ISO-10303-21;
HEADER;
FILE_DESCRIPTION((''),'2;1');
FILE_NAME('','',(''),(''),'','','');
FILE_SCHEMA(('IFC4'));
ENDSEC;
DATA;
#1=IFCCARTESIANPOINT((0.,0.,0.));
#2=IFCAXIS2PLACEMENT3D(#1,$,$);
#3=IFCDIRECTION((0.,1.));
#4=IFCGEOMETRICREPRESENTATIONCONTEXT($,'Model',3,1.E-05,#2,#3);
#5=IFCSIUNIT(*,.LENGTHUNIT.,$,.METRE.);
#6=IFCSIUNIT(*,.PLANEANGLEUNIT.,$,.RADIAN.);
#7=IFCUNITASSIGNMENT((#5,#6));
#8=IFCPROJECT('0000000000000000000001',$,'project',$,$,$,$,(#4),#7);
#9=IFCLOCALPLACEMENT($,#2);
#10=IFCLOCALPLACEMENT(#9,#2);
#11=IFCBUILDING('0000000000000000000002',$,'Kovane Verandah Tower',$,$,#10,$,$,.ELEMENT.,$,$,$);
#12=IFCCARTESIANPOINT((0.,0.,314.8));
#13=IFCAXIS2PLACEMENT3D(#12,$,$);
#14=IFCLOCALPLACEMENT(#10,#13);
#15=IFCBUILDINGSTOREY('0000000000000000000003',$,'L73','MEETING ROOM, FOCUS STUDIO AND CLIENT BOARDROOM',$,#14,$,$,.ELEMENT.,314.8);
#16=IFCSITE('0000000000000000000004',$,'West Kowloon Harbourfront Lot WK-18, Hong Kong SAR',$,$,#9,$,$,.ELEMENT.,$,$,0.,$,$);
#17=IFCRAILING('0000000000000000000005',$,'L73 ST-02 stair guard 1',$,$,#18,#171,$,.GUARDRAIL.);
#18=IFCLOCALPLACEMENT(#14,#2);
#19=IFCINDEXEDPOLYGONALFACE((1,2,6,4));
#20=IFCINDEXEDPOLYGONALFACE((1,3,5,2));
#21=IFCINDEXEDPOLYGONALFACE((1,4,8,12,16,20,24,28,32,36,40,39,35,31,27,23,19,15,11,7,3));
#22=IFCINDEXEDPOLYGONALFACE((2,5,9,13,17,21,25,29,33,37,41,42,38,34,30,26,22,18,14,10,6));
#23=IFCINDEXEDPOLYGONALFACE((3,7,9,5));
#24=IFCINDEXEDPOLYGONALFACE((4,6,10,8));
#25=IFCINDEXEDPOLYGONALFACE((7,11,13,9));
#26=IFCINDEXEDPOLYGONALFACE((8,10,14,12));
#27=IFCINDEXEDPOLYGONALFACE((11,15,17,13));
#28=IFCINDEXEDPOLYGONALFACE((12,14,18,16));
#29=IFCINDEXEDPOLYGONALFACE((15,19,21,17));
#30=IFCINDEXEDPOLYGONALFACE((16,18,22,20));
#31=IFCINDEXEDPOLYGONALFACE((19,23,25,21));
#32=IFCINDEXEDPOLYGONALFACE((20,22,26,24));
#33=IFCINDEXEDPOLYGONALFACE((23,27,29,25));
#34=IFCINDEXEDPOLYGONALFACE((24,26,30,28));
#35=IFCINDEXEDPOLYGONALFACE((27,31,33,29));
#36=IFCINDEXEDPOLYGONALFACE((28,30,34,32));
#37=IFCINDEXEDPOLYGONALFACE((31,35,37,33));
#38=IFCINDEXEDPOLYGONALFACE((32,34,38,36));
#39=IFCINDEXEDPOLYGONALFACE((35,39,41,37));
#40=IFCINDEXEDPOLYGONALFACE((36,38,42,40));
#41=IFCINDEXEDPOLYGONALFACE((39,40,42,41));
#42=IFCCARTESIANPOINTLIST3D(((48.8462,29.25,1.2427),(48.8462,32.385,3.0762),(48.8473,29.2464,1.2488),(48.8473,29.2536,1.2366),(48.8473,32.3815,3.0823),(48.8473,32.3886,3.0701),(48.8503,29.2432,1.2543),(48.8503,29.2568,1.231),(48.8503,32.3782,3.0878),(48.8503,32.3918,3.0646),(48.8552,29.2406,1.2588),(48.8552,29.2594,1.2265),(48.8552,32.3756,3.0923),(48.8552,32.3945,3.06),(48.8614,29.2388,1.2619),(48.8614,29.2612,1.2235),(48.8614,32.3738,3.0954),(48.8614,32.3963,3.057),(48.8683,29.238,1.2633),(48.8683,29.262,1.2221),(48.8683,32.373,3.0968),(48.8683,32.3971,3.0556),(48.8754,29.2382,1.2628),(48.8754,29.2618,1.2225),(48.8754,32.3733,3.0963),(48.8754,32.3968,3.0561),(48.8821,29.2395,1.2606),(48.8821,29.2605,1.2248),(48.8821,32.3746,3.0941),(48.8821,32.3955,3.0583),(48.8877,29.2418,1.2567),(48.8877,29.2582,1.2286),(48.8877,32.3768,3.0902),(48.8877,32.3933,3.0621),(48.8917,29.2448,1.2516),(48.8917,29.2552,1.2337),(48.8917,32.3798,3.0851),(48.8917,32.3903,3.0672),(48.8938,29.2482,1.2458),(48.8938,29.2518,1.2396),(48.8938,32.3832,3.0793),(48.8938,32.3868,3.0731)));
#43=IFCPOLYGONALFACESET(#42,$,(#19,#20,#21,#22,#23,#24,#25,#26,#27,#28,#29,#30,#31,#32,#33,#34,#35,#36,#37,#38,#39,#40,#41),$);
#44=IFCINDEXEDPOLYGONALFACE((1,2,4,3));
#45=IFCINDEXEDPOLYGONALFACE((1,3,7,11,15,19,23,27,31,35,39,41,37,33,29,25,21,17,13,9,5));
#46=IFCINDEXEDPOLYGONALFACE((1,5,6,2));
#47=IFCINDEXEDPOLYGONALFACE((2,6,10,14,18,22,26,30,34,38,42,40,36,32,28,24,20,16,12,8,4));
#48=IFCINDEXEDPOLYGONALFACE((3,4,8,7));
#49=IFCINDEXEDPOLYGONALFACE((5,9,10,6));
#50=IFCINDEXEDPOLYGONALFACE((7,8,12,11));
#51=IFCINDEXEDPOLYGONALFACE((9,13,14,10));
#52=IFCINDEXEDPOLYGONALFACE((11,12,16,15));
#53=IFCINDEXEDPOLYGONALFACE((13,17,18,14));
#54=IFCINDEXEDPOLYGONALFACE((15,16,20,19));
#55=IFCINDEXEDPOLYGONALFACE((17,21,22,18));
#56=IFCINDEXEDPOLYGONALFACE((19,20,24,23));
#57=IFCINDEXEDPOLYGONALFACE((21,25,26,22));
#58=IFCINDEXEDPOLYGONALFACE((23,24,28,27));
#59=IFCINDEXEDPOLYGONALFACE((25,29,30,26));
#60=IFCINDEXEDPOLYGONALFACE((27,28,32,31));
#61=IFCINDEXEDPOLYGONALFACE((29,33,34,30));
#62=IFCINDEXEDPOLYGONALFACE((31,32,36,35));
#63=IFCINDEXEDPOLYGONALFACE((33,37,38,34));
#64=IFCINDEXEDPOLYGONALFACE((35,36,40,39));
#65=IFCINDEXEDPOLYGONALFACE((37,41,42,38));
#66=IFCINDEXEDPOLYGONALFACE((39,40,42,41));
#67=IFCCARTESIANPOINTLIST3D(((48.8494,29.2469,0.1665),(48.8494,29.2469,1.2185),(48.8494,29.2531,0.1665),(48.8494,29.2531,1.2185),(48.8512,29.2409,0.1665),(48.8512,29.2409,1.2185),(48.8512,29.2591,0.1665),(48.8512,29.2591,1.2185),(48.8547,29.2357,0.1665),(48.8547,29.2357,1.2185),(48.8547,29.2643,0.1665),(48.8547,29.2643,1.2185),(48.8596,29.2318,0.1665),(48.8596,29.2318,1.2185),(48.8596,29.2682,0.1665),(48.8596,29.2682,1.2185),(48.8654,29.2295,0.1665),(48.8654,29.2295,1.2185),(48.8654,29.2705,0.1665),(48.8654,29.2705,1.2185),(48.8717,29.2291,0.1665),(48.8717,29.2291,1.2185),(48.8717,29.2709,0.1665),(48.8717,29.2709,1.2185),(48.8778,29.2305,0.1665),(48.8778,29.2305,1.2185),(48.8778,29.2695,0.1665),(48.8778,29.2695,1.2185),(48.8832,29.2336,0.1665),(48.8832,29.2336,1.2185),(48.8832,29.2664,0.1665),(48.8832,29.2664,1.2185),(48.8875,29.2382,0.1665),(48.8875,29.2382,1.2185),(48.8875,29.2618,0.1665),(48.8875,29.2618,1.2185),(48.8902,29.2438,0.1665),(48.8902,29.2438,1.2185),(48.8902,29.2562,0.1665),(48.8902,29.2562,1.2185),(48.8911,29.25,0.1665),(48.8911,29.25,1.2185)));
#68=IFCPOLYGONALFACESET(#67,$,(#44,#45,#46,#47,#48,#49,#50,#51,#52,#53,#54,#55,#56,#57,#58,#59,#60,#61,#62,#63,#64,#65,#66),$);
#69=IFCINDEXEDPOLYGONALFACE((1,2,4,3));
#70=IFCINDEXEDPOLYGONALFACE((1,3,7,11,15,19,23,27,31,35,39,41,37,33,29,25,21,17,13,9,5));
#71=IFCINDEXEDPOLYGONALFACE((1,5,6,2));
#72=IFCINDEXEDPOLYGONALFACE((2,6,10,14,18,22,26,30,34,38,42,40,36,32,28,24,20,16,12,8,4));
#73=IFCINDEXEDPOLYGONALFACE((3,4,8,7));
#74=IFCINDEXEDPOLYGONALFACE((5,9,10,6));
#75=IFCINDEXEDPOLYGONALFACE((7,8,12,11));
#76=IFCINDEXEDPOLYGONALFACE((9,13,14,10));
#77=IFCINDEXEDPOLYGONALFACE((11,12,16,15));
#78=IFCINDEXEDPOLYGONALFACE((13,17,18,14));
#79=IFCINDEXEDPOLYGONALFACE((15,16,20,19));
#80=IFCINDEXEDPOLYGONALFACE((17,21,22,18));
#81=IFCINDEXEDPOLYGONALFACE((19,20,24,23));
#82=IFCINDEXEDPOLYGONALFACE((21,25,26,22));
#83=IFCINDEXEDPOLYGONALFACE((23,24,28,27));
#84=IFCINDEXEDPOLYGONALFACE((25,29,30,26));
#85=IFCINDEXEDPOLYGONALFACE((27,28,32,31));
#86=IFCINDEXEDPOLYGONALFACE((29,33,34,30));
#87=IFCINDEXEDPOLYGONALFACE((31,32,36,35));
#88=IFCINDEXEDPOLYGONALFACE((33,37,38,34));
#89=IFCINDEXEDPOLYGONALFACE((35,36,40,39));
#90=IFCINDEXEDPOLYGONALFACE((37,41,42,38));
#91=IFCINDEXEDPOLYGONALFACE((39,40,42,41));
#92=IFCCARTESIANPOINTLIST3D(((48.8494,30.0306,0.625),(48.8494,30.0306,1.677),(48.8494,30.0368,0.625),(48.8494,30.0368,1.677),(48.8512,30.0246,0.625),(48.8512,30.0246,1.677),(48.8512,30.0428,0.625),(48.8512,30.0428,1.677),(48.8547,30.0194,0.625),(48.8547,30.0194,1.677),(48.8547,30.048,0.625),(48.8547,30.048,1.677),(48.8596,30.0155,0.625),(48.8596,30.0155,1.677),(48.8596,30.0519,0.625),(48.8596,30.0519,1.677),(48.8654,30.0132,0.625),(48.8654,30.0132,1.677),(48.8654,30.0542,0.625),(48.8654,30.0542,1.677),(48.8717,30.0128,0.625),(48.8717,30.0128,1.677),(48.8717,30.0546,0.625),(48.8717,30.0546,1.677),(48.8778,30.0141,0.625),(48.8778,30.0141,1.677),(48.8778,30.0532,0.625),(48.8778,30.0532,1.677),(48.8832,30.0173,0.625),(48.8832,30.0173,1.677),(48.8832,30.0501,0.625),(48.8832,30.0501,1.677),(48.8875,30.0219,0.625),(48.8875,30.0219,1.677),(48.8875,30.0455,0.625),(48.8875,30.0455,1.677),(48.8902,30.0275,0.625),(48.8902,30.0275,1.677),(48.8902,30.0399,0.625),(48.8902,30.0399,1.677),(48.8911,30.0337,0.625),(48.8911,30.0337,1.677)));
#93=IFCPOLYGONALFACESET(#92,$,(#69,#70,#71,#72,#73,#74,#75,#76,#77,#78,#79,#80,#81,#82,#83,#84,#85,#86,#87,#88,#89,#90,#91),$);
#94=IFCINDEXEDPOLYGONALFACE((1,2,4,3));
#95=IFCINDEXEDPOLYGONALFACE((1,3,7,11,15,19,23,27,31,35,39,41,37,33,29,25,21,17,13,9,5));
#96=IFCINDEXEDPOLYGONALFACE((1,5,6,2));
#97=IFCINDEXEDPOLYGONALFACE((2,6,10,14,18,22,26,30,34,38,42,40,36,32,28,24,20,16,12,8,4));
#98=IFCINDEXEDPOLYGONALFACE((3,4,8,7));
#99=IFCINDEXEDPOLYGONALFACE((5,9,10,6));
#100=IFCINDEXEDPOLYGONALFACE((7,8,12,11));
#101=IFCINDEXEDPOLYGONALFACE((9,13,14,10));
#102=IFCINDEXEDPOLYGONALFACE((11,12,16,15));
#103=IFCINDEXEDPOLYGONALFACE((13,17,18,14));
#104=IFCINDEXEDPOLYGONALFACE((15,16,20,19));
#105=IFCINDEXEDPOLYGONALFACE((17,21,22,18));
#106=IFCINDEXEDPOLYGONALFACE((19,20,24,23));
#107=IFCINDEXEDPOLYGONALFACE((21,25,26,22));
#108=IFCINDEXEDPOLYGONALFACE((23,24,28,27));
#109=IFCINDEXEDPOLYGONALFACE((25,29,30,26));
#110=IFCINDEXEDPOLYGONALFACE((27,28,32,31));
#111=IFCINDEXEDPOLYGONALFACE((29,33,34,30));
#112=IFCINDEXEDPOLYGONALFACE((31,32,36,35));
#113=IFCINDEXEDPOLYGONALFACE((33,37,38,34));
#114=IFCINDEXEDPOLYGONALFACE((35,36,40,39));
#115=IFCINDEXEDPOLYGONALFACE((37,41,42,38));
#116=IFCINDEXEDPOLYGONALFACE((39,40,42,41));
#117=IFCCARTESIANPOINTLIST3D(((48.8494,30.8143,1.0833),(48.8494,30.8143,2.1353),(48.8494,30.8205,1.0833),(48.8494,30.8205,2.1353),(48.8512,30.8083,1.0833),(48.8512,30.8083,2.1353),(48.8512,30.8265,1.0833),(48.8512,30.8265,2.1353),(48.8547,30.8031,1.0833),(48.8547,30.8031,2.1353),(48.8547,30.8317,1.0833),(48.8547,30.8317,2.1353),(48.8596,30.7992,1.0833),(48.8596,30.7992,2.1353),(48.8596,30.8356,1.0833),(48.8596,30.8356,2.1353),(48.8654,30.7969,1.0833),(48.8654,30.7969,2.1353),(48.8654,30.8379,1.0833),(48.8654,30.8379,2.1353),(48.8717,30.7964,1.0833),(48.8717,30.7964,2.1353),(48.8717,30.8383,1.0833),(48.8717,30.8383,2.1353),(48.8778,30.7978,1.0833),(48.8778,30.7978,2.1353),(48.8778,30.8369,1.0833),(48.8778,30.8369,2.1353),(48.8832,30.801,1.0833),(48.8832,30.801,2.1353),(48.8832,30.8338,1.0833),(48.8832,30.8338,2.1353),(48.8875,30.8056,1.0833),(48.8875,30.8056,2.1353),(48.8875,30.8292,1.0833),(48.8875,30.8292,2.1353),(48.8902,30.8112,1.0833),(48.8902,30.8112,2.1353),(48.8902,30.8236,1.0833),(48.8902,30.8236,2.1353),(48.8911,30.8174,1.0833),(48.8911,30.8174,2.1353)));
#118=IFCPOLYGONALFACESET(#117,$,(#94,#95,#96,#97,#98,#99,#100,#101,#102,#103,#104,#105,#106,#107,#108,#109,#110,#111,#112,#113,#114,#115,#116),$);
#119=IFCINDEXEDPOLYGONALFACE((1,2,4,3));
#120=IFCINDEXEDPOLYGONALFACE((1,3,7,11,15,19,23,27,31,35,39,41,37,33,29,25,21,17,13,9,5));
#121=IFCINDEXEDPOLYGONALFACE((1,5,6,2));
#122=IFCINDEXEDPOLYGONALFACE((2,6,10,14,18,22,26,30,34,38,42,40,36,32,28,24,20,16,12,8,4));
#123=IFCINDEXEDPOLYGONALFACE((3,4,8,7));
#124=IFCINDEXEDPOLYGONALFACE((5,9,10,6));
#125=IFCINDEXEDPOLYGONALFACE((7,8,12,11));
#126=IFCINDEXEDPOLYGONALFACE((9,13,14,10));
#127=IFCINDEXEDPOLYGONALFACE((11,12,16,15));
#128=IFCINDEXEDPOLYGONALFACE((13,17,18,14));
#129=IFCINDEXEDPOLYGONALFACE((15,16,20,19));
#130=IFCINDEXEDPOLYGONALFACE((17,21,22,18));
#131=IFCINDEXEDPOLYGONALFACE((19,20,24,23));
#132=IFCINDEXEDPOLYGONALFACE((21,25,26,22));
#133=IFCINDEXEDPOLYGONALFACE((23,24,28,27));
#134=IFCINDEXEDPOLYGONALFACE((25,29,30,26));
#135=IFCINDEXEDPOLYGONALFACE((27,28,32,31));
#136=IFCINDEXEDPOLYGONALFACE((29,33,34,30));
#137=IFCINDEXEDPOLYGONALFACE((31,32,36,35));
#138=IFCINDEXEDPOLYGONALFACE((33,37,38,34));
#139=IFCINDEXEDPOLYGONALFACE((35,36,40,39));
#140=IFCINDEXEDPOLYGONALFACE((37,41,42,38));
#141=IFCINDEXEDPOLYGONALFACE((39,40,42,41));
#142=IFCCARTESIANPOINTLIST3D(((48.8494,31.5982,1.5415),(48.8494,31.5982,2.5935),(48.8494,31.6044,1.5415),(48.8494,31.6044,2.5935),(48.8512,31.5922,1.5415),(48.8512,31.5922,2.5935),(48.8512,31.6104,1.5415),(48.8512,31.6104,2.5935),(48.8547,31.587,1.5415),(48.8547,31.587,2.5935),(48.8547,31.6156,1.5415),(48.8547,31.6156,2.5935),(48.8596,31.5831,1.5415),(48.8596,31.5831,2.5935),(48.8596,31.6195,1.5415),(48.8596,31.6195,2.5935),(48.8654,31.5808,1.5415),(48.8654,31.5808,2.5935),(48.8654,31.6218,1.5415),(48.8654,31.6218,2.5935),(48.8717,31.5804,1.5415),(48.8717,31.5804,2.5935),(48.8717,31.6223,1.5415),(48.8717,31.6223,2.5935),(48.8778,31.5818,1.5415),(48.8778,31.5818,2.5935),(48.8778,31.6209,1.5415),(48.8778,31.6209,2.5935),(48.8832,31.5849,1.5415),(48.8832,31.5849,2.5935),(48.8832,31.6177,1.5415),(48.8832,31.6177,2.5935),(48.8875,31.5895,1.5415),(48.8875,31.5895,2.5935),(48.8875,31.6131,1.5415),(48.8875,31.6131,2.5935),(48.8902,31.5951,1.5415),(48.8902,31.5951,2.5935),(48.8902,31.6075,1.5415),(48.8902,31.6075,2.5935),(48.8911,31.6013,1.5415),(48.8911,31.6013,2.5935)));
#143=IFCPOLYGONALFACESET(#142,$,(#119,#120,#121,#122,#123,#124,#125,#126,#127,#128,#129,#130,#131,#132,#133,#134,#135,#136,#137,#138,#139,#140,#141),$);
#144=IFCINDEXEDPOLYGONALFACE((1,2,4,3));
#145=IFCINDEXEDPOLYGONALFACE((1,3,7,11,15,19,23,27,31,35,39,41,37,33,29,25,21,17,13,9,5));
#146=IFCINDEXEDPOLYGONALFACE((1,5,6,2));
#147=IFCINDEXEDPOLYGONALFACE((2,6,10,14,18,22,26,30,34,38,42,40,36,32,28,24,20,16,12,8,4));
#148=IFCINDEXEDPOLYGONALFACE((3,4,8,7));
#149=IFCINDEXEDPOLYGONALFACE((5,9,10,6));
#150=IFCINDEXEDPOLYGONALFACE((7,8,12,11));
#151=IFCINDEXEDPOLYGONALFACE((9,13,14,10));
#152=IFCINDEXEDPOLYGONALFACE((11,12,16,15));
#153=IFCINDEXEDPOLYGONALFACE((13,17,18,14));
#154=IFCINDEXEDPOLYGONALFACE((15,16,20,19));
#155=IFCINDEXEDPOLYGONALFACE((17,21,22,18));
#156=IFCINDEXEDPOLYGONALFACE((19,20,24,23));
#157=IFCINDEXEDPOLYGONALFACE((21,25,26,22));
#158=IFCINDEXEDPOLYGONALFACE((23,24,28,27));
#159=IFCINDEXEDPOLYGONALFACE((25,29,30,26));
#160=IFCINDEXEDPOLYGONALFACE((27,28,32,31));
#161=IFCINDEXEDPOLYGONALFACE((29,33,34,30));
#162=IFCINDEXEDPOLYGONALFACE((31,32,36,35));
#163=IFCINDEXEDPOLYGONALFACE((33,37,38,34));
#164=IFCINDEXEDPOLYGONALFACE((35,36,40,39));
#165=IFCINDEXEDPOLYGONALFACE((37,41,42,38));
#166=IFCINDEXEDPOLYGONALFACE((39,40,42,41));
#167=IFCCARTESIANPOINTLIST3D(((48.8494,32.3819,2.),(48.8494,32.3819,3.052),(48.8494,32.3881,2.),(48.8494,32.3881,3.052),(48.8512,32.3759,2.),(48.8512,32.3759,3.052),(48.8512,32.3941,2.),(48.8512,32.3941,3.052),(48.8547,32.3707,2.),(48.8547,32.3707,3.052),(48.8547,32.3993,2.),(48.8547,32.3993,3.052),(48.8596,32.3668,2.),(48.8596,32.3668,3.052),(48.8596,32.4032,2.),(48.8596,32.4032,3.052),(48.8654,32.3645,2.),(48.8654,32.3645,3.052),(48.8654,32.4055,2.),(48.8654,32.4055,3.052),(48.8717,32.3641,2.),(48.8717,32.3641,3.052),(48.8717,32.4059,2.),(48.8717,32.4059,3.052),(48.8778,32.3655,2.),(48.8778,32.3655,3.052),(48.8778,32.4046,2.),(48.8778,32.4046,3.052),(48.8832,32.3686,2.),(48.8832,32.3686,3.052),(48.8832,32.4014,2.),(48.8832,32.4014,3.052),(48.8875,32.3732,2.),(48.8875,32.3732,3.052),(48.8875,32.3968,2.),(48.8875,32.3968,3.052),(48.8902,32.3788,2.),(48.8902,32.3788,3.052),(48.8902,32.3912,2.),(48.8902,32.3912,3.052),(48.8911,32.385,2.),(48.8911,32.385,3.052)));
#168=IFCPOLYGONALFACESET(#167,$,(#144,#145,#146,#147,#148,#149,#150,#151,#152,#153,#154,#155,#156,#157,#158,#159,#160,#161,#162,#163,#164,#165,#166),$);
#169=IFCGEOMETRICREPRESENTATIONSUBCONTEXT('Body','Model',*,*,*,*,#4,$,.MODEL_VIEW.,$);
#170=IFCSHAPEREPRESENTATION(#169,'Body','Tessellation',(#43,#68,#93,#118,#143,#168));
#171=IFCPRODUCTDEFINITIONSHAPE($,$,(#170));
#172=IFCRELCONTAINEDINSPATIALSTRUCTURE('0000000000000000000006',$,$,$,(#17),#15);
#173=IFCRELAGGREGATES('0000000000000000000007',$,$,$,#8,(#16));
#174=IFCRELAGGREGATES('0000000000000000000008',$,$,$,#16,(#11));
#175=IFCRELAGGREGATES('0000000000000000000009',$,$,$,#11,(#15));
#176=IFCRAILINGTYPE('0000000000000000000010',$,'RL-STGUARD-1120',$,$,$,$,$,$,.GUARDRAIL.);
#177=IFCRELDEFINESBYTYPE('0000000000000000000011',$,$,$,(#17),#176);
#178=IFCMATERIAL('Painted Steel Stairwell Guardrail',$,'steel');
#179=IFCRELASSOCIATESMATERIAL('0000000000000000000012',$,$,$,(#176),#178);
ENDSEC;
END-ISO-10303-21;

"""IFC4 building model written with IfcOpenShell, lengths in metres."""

from ifc_helpers import new_model, si_unit, direction, frame, origin, origin_2d, place, context, subcontext, project, spatial, circle, extrude, material, type_object, element, save


model = new_model("IFC4")

# Units and contexts
model_context = context("Model", 3, precision=1e-05, world=origin(), true_north=direction((0.0, 1.0)))
body_context = subcontext(model_context, "Body", "Model", "MODEL_VIEW")
ifc_project = project(units=[si_unit("LENGTHUNIT", "METRE"), si_unit("PLANEANGLEUNIT", "RADIAN")], contexts=[model_context])

# Site, building, storey
site_placement = place(None, origin())
site = spatial("IfcSite", under=ifc_project, at=site_placement, Name="West Kowloon Harbourfront Lot WK-18, Hong Kong SAR", CompositionType="ELEMENT", RefElevation=0.0)
building_placement = place(site_placement, origin())
building = spatial("IfcBuilding", under=site, at=building_placement, Name="Kovane Verandah Tower", CompositionType="ELEMENT")
storey_placement = place(building_placement, frame((0.0, 0.0, 314.8)))
storey = spatial("IfcBuildingStorey", under=building, at=storey_placement, Name="L73", Description="MEETING ROOM, FOCUS STUDIO AND CLIENT BOARDROOM", CompositionType="ELEMENT", Elevation=314.8)

# Railing
ifc_material_1 = material(Name="Painted Steel Stairwell Guardrail", Category="steel")
railing_type_1 = type_object("IfcRailingType", Name="RL-STGUARD-1120", PredefinedType="GUARDRAIL", material=ifc_material_1)
railing_1_placement = place(storey_placement, frame((48.8701, 29.25, 0.1665)))
element("IfcRailing", 1, at=railing_1_placement, inside=storey, type_object=railing_type_1, Name="L73 ST-02 stair guard 1", PredefinedType="GUARDRAIL", context=body_context, shape_type="SweptSolid", body=[
    extrude(circle(Radius=0.0239, at=origin_2d()), frame((0.0, 0.0, 1.0762), z_axis=(0.0, 0.86321, 0.504845), x_axis=(-1.0, 0.0, 0.0)), (0.0, 0.0, 1.0), 3.6318),
    extrude(circle(Radius=0.021, at=origin_2d()), origin(), (0.0, 0.0, 1.0), 1.052),
    extrude(circle(Radius=0.021, at=origin_2d()), frame((0.0, 0.7837, 0.4585)), (0.0, 0.0, 1.0), 1.052),
    extrude(circle(Radius=0.021, at=origin_2d()), frame((0.0, 1.5674, 0.9167)), (0.0, 0.0, 1.0), 1.052),
    extrude(circle(Radius=0.021, at=origin_2d()), frame((0.0, 2.3513, 1.375)), (0.0, 0.0, 1.0), 1.052),
    extrude(circle(Radius=0.021, at=origin_2d()), frame((0.0, 3.135, 1.8335)), (0.0, 0.0, 1.0), 1.052),
])

save(model, "model.ifc")
